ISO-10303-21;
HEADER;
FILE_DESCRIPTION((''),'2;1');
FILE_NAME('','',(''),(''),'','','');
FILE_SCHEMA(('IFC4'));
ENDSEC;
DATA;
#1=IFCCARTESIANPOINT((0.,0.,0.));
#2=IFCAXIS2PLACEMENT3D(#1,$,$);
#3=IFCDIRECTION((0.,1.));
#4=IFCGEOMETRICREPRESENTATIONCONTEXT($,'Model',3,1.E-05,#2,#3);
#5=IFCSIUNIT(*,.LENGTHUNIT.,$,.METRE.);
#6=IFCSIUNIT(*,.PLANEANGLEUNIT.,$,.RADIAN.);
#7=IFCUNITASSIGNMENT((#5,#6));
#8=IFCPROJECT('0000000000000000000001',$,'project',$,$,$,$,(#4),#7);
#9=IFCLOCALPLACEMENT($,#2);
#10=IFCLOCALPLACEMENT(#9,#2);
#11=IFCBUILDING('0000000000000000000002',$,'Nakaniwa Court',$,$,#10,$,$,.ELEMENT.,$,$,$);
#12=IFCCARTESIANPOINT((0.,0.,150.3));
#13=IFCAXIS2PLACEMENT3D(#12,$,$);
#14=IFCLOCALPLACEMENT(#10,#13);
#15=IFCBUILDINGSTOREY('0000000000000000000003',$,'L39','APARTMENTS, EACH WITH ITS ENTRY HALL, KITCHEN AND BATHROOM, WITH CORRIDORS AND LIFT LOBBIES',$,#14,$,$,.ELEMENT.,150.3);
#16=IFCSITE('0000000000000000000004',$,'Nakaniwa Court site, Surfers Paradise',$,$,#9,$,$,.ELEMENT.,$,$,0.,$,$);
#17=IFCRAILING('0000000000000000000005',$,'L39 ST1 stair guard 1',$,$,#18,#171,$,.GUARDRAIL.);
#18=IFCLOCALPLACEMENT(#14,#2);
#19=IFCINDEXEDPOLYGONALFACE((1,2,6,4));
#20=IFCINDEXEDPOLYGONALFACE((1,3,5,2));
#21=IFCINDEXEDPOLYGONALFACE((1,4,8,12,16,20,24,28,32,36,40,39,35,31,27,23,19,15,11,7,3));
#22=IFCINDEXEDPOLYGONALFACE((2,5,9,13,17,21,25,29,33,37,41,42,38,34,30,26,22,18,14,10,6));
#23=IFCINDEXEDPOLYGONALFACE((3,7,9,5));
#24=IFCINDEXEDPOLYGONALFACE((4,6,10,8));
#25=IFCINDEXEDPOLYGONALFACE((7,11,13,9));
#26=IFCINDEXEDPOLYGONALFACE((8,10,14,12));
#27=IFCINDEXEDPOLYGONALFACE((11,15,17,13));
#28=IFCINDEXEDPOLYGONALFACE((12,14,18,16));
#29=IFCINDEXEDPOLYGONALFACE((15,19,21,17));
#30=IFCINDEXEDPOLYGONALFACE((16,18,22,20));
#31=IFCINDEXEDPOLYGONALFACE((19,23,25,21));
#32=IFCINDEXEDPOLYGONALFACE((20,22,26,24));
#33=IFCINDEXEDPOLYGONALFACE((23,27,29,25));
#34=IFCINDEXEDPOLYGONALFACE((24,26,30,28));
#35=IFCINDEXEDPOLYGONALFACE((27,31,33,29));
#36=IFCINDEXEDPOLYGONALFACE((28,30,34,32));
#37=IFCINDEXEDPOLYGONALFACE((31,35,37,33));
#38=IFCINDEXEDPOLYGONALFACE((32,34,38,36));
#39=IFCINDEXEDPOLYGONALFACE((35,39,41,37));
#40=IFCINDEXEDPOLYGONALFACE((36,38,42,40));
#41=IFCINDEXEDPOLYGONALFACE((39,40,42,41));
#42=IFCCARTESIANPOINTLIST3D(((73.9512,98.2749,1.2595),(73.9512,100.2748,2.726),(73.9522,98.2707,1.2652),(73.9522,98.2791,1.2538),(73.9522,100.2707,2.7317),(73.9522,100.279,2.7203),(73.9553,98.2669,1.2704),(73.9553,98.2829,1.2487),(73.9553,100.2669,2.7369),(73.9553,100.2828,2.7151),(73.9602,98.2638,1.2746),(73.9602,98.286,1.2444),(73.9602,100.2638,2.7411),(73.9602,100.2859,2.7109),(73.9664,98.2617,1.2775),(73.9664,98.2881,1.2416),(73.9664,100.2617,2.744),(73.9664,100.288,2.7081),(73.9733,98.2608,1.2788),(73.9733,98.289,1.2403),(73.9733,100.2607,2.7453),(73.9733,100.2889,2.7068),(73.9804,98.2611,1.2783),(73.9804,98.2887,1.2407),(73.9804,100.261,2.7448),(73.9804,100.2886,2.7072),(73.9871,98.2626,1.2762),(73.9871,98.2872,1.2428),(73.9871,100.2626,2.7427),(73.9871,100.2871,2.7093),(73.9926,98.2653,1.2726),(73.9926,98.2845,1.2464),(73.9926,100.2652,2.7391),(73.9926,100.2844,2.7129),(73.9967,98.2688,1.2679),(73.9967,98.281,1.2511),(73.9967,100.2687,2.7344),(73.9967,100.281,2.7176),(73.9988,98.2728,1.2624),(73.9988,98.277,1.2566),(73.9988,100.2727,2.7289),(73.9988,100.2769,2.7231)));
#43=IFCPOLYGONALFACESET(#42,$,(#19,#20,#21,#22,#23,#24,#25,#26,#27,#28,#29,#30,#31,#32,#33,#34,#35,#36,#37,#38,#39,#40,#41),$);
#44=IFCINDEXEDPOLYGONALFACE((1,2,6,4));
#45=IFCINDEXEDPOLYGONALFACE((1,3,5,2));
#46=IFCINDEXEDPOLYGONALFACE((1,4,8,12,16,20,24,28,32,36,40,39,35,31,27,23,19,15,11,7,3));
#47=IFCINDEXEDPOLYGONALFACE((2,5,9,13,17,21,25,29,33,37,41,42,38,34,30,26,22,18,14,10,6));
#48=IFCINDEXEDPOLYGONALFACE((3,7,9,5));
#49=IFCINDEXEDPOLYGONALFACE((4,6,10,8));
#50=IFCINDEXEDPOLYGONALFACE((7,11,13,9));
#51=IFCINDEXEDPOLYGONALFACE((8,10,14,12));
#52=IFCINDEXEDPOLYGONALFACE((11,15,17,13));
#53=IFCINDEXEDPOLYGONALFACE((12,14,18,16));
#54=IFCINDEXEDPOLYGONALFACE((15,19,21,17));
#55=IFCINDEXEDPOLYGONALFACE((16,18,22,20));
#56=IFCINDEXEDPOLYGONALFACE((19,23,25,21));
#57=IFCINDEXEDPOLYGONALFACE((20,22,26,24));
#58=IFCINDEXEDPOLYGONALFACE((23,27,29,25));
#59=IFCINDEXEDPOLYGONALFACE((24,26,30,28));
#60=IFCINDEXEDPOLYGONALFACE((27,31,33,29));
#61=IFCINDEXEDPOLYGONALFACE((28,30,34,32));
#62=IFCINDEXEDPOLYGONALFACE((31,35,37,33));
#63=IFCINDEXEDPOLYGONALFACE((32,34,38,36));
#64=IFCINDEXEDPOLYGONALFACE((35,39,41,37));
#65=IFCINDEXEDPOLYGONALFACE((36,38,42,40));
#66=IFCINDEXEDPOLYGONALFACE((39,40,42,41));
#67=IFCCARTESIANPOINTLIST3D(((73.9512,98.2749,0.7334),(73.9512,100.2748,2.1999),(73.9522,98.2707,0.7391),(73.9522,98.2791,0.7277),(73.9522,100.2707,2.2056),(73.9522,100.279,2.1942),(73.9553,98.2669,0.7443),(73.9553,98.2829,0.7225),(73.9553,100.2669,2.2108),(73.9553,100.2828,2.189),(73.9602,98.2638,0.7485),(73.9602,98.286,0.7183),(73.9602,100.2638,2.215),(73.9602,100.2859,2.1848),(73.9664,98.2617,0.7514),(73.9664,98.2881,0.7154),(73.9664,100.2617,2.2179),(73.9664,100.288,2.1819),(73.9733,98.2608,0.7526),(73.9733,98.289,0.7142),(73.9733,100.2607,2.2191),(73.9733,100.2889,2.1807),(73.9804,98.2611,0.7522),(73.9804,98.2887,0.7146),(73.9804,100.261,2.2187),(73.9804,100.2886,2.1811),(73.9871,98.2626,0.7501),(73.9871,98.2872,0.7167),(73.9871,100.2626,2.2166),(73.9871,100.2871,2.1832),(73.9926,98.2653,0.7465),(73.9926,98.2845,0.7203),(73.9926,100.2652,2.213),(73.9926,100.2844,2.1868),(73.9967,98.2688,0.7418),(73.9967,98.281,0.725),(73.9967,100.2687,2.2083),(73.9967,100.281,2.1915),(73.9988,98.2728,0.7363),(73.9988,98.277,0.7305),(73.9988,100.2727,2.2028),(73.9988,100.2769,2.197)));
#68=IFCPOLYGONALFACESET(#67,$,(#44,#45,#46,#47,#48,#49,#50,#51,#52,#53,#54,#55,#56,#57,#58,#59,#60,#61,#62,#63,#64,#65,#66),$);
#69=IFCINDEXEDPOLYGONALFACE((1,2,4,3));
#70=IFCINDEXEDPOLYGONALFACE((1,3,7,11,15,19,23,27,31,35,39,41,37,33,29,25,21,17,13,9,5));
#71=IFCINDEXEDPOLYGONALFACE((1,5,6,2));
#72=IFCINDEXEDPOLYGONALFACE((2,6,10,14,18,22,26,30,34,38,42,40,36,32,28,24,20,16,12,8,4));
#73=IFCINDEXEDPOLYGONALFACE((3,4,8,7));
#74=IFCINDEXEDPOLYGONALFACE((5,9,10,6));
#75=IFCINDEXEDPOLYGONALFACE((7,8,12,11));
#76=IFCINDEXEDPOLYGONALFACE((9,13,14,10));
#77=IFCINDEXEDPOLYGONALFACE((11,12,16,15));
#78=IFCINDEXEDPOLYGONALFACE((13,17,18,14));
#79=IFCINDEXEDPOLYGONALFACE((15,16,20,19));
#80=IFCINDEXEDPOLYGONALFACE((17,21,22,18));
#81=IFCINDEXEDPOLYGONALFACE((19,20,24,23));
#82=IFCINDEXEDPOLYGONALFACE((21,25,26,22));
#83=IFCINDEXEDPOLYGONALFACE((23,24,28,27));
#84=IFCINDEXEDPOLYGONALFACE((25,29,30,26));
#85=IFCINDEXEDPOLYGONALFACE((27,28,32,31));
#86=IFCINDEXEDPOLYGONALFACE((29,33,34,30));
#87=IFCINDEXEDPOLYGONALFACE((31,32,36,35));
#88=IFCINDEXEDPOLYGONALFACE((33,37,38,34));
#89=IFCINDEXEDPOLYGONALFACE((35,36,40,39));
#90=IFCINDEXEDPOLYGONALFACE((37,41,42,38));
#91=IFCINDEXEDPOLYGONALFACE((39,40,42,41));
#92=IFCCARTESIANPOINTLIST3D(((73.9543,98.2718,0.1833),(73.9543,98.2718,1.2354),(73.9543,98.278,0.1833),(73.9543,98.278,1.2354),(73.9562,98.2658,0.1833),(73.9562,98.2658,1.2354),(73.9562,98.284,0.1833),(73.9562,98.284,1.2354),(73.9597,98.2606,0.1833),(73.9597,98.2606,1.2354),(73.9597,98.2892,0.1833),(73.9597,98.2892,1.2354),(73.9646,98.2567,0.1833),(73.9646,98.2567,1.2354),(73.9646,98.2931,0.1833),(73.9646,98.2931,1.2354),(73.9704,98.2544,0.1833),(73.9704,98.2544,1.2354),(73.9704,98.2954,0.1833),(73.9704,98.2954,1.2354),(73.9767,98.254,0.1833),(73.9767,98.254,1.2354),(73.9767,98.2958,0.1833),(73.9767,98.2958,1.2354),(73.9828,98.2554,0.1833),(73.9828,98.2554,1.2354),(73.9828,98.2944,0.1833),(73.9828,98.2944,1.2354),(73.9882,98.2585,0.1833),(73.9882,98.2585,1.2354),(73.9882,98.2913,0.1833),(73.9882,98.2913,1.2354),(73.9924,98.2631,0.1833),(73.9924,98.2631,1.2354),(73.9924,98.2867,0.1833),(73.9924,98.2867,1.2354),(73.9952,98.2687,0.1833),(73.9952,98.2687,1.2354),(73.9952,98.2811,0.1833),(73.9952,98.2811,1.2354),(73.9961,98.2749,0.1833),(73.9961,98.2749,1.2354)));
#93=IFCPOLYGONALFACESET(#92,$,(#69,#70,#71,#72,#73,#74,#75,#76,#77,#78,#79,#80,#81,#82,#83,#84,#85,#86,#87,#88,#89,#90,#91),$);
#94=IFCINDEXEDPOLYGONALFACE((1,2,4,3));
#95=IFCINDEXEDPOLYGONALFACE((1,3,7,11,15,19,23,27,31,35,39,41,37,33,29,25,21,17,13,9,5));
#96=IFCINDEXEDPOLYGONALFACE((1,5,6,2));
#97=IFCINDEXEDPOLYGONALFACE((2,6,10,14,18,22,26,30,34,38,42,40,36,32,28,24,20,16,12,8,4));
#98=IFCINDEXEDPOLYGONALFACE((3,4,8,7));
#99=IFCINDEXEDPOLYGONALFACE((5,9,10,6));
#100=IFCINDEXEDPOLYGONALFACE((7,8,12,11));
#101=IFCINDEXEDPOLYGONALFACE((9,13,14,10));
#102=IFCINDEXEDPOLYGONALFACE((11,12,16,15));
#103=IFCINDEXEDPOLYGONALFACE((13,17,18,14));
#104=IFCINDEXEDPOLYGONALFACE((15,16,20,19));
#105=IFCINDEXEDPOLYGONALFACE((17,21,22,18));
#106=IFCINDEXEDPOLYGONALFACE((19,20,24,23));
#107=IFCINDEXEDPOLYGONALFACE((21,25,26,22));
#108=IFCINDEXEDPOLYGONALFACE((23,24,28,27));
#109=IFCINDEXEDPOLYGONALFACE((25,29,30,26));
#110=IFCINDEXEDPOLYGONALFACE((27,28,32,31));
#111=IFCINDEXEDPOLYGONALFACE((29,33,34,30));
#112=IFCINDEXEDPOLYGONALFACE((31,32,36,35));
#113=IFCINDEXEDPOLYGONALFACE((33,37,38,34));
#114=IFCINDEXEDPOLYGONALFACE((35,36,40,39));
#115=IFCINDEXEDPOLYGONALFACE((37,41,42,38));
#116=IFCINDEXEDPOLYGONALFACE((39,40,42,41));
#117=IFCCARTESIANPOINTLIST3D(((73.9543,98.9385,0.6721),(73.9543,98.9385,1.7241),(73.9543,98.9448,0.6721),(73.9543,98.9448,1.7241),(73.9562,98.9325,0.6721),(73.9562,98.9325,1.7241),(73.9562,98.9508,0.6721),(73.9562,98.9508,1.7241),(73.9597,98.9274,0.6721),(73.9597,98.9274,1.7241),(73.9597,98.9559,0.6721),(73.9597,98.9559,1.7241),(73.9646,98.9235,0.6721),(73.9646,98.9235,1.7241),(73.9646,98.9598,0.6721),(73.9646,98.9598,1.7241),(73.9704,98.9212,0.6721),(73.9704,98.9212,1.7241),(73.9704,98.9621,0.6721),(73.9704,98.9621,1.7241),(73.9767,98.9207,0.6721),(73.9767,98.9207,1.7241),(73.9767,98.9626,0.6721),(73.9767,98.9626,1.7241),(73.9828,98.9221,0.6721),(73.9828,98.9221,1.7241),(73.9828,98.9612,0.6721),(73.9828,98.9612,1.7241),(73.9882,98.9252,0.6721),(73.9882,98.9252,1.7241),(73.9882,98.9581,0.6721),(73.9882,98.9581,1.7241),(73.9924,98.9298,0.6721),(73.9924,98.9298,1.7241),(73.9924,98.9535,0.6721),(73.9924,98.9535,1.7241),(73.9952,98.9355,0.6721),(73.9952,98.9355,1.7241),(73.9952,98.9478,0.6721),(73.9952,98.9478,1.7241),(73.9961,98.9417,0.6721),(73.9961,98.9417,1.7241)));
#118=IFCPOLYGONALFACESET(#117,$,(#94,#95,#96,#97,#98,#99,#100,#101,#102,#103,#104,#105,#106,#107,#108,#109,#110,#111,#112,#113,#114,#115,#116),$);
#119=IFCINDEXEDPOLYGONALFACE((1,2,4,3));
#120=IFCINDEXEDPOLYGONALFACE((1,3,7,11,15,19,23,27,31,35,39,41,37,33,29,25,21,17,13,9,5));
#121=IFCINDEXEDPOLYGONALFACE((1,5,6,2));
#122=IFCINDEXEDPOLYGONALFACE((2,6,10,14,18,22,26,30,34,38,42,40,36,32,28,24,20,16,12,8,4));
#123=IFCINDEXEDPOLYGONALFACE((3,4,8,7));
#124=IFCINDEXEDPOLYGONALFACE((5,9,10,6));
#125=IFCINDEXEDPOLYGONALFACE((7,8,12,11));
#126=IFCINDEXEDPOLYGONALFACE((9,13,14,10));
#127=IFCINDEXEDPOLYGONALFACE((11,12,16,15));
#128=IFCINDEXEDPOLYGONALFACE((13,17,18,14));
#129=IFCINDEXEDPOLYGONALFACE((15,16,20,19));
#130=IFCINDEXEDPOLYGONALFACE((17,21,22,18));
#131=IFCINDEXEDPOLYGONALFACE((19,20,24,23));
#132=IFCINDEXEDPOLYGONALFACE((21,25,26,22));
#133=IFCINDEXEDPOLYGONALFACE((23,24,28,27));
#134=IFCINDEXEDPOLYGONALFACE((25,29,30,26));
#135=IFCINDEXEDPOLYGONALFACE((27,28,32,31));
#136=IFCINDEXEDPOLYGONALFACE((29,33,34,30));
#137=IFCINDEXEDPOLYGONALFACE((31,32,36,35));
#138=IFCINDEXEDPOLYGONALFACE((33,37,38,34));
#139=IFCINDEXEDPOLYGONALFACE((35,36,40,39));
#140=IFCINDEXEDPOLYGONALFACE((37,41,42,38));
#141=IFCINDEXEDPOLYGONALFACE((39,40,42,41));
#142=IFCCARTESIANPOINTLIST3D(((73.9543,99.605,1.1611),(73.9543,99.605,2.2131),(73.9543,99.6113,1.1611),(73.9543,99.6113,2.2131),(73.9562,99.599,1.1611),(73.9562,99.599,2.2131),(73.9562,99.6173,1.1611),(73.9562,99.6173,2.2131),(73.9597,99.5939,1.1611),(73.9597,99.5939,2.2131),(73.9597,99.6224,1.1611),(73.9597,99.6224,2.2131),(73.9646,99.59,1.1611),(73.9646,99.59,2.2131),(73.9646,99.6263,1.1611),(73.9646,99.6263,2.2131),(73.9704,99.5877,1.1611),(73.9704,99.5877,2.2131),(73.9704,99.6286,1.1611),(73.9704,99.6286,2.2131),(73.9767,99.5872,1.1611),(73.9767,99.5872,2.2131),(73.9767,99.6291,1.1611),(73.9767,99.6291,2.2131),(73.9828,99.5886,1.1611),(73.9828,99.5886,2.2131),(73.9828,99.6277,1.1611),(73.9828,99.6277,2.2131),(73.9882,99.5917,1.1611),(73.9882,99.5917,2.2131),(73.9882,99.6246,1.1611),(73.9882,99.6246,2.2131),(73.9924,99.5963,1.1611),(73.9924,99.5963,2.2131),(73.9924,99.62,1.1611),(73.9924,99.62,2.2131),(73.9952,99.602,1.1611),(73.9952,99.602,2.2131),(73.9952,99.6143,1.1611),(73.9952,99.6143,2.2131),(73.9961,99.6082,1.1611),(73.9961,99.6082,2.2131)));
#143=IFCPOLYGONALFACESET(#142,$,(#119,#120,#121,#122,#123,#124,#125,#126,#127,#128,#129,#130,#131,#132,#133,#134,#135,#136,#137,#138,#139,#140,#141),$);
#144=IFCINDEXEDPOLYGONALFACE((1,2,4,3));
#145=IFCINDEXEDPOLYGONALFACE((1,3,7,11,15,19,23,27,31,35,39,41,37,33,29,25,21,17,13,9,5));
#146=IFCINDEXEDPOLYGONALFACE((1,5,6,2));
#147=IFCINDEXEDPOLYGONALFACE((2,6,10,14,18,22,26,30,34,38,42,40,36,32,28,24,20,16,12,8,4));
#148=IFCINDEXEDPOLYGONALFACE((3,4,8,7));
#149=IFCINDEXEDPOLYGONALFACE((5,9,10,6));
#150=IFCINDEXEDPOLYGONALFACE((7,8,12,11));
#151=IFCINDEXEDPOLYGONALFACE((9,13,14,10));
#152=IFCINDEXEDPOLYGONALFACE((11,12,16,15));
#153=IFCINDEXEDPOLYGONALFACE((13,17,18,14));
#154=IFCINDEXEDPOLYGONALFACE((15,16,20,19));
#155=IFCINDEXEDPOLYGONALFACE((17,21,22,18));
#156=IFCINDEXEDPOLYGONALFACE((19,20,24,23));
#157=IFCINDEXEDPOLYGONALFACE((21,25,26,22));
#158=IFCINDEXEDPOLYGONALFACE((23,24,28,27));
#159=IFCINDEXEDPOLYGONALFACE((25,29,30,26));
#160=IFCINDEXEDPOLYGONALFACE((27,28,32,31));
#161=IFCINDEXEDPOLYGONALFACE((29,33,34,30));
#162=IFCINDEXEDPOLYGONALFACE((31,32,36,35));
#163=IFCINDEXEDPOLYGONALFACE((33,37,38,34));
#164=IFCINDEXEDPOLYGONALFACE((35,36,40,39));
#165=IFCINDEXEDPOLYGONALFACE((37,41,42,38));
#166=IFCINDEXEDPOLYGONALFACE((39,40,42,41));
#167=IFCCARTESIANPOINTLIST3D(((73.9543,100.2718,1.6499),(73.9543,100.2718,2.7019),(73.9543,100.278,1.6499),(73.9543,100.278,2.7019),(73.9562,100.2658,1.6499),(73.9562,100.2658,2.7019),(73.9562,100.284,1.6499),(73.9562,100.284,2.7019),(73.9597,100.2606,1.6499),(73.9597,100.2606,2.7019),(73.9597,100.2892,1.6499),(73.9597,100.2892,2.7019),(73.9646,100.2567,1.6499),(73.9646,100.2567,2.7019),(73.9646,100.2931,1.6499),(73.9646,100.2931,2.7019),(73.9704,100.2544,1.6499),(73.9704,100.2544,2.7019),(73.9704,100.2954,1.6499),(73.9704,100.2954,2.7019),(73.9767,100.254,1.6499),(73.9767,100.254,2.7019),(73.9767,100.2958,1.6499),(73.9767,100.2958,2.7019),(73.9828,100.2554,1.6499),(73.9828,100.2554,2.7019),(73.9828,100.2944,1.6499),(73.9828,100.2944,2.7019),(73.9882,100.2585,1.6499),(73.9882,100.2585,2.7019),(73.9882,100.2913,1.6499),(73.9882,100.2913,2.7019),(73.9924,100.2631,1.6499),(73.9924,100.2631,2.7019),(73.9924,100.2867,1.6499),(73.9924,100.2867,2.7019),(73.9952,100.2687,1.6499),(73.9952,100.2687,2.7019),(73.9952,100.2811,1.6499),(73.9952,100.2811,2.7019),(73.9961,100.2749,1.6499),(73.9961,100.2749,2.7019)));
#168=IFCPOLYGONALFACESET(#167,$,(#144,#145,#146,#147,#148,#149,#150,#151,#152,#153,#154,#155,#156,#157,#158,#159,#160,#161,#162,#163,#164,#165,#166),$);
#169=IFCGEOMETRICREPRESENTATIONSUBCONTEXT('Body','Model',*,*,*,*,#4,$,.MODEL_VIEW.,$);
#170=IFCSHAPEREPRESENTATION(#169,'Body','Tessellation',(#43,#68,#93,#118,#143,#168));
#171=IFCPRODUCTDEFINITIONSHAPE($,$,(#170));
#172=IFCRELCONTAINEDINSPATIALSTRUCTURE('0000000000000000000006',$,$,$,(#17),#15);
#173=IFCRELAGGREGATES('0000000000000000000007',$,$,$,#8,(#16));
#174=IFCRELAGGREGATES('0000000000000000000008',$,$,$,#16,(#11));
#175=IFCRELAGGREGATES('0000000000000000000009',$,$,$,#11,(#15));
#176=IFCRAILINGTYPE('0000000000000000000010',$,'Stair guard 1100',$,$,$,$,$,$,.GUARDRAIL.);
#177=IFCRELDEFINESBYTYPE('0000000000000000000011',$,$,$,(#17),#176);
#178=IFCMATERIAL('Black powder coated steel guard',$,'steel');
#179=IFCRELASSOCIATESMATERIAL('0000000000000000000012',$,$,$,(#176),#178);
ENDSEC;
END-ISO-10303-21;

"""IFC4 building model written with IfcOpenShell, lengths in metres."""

from ifc_helpers import new_model, si_unit, direction, frame, origin, origin_2d, place, context, subcontext, project, spatial, circle, extrude, material, type_object, element, save


model = new_model("IFC4")

# Units and contexts
model_context = context("Model", 3, precision=1e-05, world=origin(), true_north=direction((0.0, 1.0)))
body_context = subcontext(model_context, "Body", "Model", "MODEL_VIEW")
ifc_project = project(units=[si_unit("LENGTHUNIT", "METRE"), si_unit("PLANEANGLEUNIT", "RADIAN")], contexts=[model_context])

# Site, building, storey
site_placement = place(None, origin())
site = spatial("IfcSite", under=ifc_project, at=site_placement, Name="Nakaniwa Court site, Surfers Paradise", CompositionType="ELEMENT", RefElevation=0.0)
building_placement = place(site_placement, origin())
building = spatial("IfcBuilding", under=site, at=building_placement, Name="Nakaniwa Court", CompositionType="ELEMENT")
storey_placement = place(building_placement, frame((0.0, 0.0, 150.3)))
storey = spatial("IfcBuildingStorey", under=building, at=storey_placement, Name="L39", Description="APARTMENTS, EACH WITH ITS ENTRY HALL, KITCHEN AND BATHROOM, WITH CORRIDORS AND LIFT LOBBIES", CompositionType="ELEMENT", Elevation=150.3)

# Railing
ifc_material_1 = material(Name="Black powder coated steel guard", Category="steel")
railing_type_1 = type_object("IfcRailingType", Name="Stair guard 1100", PredefinedType="GUARDRAIL", material=ifc_material_1)
railing_1_placement = place(storey_placement, frame((73.9751, 98.2749, 0.1833)))
element("IfcRailing", 1, at=railing_1_placement, inside=storey, type_object=railing_type_1, Name="L39 ST1 stair guard 1", PredefinedType="GUARDRAIL", context=body_context, shape_type="SweptSolid", body=[
    extrude(circle(Radius=0.0239, at=origin_2d()), frame((0.0, 0.0, 1.0762), z_axis=(0.0, 0.806427, 0.591334), x_axis=(-1.0, 0.0, 0.0)), (0.0, 0.0, 1.0), 2.48),
    extrude(circle(Radius=0.0239, at=origin_2d()), frame((0.0, 0.0, 0.55), z_axis=(0.0, 0.806427, 0.591334), x_axis=(-1.0, 0.0, 0.0)), (0.0, 0.0, 1.0), 2.48),
    extrude(circle(Radius=0.021, at=origin_2d()), origin(), (0.0, 0.0, 1.0), 1.052),
    extrude(circle(Radius=0.021, at=origin_2d()), frame((0.0, 0.6667, 0.4888)), (0.0, 0.0, 1.0), 1.052),
    extrude(circle(Radius=0.021, at=origin_2d()), frame((0.0, 1.3333, 0.9778)), (0.0, 0.0, 1.0), 1.052),
    extrude(circle(Radius=0.021, at=origin_2d()), frame((0.0, 2.0, 1.4666)), (0.0, 0.0, 1.0), 1.052),
])

save(model, "model.ifc")
